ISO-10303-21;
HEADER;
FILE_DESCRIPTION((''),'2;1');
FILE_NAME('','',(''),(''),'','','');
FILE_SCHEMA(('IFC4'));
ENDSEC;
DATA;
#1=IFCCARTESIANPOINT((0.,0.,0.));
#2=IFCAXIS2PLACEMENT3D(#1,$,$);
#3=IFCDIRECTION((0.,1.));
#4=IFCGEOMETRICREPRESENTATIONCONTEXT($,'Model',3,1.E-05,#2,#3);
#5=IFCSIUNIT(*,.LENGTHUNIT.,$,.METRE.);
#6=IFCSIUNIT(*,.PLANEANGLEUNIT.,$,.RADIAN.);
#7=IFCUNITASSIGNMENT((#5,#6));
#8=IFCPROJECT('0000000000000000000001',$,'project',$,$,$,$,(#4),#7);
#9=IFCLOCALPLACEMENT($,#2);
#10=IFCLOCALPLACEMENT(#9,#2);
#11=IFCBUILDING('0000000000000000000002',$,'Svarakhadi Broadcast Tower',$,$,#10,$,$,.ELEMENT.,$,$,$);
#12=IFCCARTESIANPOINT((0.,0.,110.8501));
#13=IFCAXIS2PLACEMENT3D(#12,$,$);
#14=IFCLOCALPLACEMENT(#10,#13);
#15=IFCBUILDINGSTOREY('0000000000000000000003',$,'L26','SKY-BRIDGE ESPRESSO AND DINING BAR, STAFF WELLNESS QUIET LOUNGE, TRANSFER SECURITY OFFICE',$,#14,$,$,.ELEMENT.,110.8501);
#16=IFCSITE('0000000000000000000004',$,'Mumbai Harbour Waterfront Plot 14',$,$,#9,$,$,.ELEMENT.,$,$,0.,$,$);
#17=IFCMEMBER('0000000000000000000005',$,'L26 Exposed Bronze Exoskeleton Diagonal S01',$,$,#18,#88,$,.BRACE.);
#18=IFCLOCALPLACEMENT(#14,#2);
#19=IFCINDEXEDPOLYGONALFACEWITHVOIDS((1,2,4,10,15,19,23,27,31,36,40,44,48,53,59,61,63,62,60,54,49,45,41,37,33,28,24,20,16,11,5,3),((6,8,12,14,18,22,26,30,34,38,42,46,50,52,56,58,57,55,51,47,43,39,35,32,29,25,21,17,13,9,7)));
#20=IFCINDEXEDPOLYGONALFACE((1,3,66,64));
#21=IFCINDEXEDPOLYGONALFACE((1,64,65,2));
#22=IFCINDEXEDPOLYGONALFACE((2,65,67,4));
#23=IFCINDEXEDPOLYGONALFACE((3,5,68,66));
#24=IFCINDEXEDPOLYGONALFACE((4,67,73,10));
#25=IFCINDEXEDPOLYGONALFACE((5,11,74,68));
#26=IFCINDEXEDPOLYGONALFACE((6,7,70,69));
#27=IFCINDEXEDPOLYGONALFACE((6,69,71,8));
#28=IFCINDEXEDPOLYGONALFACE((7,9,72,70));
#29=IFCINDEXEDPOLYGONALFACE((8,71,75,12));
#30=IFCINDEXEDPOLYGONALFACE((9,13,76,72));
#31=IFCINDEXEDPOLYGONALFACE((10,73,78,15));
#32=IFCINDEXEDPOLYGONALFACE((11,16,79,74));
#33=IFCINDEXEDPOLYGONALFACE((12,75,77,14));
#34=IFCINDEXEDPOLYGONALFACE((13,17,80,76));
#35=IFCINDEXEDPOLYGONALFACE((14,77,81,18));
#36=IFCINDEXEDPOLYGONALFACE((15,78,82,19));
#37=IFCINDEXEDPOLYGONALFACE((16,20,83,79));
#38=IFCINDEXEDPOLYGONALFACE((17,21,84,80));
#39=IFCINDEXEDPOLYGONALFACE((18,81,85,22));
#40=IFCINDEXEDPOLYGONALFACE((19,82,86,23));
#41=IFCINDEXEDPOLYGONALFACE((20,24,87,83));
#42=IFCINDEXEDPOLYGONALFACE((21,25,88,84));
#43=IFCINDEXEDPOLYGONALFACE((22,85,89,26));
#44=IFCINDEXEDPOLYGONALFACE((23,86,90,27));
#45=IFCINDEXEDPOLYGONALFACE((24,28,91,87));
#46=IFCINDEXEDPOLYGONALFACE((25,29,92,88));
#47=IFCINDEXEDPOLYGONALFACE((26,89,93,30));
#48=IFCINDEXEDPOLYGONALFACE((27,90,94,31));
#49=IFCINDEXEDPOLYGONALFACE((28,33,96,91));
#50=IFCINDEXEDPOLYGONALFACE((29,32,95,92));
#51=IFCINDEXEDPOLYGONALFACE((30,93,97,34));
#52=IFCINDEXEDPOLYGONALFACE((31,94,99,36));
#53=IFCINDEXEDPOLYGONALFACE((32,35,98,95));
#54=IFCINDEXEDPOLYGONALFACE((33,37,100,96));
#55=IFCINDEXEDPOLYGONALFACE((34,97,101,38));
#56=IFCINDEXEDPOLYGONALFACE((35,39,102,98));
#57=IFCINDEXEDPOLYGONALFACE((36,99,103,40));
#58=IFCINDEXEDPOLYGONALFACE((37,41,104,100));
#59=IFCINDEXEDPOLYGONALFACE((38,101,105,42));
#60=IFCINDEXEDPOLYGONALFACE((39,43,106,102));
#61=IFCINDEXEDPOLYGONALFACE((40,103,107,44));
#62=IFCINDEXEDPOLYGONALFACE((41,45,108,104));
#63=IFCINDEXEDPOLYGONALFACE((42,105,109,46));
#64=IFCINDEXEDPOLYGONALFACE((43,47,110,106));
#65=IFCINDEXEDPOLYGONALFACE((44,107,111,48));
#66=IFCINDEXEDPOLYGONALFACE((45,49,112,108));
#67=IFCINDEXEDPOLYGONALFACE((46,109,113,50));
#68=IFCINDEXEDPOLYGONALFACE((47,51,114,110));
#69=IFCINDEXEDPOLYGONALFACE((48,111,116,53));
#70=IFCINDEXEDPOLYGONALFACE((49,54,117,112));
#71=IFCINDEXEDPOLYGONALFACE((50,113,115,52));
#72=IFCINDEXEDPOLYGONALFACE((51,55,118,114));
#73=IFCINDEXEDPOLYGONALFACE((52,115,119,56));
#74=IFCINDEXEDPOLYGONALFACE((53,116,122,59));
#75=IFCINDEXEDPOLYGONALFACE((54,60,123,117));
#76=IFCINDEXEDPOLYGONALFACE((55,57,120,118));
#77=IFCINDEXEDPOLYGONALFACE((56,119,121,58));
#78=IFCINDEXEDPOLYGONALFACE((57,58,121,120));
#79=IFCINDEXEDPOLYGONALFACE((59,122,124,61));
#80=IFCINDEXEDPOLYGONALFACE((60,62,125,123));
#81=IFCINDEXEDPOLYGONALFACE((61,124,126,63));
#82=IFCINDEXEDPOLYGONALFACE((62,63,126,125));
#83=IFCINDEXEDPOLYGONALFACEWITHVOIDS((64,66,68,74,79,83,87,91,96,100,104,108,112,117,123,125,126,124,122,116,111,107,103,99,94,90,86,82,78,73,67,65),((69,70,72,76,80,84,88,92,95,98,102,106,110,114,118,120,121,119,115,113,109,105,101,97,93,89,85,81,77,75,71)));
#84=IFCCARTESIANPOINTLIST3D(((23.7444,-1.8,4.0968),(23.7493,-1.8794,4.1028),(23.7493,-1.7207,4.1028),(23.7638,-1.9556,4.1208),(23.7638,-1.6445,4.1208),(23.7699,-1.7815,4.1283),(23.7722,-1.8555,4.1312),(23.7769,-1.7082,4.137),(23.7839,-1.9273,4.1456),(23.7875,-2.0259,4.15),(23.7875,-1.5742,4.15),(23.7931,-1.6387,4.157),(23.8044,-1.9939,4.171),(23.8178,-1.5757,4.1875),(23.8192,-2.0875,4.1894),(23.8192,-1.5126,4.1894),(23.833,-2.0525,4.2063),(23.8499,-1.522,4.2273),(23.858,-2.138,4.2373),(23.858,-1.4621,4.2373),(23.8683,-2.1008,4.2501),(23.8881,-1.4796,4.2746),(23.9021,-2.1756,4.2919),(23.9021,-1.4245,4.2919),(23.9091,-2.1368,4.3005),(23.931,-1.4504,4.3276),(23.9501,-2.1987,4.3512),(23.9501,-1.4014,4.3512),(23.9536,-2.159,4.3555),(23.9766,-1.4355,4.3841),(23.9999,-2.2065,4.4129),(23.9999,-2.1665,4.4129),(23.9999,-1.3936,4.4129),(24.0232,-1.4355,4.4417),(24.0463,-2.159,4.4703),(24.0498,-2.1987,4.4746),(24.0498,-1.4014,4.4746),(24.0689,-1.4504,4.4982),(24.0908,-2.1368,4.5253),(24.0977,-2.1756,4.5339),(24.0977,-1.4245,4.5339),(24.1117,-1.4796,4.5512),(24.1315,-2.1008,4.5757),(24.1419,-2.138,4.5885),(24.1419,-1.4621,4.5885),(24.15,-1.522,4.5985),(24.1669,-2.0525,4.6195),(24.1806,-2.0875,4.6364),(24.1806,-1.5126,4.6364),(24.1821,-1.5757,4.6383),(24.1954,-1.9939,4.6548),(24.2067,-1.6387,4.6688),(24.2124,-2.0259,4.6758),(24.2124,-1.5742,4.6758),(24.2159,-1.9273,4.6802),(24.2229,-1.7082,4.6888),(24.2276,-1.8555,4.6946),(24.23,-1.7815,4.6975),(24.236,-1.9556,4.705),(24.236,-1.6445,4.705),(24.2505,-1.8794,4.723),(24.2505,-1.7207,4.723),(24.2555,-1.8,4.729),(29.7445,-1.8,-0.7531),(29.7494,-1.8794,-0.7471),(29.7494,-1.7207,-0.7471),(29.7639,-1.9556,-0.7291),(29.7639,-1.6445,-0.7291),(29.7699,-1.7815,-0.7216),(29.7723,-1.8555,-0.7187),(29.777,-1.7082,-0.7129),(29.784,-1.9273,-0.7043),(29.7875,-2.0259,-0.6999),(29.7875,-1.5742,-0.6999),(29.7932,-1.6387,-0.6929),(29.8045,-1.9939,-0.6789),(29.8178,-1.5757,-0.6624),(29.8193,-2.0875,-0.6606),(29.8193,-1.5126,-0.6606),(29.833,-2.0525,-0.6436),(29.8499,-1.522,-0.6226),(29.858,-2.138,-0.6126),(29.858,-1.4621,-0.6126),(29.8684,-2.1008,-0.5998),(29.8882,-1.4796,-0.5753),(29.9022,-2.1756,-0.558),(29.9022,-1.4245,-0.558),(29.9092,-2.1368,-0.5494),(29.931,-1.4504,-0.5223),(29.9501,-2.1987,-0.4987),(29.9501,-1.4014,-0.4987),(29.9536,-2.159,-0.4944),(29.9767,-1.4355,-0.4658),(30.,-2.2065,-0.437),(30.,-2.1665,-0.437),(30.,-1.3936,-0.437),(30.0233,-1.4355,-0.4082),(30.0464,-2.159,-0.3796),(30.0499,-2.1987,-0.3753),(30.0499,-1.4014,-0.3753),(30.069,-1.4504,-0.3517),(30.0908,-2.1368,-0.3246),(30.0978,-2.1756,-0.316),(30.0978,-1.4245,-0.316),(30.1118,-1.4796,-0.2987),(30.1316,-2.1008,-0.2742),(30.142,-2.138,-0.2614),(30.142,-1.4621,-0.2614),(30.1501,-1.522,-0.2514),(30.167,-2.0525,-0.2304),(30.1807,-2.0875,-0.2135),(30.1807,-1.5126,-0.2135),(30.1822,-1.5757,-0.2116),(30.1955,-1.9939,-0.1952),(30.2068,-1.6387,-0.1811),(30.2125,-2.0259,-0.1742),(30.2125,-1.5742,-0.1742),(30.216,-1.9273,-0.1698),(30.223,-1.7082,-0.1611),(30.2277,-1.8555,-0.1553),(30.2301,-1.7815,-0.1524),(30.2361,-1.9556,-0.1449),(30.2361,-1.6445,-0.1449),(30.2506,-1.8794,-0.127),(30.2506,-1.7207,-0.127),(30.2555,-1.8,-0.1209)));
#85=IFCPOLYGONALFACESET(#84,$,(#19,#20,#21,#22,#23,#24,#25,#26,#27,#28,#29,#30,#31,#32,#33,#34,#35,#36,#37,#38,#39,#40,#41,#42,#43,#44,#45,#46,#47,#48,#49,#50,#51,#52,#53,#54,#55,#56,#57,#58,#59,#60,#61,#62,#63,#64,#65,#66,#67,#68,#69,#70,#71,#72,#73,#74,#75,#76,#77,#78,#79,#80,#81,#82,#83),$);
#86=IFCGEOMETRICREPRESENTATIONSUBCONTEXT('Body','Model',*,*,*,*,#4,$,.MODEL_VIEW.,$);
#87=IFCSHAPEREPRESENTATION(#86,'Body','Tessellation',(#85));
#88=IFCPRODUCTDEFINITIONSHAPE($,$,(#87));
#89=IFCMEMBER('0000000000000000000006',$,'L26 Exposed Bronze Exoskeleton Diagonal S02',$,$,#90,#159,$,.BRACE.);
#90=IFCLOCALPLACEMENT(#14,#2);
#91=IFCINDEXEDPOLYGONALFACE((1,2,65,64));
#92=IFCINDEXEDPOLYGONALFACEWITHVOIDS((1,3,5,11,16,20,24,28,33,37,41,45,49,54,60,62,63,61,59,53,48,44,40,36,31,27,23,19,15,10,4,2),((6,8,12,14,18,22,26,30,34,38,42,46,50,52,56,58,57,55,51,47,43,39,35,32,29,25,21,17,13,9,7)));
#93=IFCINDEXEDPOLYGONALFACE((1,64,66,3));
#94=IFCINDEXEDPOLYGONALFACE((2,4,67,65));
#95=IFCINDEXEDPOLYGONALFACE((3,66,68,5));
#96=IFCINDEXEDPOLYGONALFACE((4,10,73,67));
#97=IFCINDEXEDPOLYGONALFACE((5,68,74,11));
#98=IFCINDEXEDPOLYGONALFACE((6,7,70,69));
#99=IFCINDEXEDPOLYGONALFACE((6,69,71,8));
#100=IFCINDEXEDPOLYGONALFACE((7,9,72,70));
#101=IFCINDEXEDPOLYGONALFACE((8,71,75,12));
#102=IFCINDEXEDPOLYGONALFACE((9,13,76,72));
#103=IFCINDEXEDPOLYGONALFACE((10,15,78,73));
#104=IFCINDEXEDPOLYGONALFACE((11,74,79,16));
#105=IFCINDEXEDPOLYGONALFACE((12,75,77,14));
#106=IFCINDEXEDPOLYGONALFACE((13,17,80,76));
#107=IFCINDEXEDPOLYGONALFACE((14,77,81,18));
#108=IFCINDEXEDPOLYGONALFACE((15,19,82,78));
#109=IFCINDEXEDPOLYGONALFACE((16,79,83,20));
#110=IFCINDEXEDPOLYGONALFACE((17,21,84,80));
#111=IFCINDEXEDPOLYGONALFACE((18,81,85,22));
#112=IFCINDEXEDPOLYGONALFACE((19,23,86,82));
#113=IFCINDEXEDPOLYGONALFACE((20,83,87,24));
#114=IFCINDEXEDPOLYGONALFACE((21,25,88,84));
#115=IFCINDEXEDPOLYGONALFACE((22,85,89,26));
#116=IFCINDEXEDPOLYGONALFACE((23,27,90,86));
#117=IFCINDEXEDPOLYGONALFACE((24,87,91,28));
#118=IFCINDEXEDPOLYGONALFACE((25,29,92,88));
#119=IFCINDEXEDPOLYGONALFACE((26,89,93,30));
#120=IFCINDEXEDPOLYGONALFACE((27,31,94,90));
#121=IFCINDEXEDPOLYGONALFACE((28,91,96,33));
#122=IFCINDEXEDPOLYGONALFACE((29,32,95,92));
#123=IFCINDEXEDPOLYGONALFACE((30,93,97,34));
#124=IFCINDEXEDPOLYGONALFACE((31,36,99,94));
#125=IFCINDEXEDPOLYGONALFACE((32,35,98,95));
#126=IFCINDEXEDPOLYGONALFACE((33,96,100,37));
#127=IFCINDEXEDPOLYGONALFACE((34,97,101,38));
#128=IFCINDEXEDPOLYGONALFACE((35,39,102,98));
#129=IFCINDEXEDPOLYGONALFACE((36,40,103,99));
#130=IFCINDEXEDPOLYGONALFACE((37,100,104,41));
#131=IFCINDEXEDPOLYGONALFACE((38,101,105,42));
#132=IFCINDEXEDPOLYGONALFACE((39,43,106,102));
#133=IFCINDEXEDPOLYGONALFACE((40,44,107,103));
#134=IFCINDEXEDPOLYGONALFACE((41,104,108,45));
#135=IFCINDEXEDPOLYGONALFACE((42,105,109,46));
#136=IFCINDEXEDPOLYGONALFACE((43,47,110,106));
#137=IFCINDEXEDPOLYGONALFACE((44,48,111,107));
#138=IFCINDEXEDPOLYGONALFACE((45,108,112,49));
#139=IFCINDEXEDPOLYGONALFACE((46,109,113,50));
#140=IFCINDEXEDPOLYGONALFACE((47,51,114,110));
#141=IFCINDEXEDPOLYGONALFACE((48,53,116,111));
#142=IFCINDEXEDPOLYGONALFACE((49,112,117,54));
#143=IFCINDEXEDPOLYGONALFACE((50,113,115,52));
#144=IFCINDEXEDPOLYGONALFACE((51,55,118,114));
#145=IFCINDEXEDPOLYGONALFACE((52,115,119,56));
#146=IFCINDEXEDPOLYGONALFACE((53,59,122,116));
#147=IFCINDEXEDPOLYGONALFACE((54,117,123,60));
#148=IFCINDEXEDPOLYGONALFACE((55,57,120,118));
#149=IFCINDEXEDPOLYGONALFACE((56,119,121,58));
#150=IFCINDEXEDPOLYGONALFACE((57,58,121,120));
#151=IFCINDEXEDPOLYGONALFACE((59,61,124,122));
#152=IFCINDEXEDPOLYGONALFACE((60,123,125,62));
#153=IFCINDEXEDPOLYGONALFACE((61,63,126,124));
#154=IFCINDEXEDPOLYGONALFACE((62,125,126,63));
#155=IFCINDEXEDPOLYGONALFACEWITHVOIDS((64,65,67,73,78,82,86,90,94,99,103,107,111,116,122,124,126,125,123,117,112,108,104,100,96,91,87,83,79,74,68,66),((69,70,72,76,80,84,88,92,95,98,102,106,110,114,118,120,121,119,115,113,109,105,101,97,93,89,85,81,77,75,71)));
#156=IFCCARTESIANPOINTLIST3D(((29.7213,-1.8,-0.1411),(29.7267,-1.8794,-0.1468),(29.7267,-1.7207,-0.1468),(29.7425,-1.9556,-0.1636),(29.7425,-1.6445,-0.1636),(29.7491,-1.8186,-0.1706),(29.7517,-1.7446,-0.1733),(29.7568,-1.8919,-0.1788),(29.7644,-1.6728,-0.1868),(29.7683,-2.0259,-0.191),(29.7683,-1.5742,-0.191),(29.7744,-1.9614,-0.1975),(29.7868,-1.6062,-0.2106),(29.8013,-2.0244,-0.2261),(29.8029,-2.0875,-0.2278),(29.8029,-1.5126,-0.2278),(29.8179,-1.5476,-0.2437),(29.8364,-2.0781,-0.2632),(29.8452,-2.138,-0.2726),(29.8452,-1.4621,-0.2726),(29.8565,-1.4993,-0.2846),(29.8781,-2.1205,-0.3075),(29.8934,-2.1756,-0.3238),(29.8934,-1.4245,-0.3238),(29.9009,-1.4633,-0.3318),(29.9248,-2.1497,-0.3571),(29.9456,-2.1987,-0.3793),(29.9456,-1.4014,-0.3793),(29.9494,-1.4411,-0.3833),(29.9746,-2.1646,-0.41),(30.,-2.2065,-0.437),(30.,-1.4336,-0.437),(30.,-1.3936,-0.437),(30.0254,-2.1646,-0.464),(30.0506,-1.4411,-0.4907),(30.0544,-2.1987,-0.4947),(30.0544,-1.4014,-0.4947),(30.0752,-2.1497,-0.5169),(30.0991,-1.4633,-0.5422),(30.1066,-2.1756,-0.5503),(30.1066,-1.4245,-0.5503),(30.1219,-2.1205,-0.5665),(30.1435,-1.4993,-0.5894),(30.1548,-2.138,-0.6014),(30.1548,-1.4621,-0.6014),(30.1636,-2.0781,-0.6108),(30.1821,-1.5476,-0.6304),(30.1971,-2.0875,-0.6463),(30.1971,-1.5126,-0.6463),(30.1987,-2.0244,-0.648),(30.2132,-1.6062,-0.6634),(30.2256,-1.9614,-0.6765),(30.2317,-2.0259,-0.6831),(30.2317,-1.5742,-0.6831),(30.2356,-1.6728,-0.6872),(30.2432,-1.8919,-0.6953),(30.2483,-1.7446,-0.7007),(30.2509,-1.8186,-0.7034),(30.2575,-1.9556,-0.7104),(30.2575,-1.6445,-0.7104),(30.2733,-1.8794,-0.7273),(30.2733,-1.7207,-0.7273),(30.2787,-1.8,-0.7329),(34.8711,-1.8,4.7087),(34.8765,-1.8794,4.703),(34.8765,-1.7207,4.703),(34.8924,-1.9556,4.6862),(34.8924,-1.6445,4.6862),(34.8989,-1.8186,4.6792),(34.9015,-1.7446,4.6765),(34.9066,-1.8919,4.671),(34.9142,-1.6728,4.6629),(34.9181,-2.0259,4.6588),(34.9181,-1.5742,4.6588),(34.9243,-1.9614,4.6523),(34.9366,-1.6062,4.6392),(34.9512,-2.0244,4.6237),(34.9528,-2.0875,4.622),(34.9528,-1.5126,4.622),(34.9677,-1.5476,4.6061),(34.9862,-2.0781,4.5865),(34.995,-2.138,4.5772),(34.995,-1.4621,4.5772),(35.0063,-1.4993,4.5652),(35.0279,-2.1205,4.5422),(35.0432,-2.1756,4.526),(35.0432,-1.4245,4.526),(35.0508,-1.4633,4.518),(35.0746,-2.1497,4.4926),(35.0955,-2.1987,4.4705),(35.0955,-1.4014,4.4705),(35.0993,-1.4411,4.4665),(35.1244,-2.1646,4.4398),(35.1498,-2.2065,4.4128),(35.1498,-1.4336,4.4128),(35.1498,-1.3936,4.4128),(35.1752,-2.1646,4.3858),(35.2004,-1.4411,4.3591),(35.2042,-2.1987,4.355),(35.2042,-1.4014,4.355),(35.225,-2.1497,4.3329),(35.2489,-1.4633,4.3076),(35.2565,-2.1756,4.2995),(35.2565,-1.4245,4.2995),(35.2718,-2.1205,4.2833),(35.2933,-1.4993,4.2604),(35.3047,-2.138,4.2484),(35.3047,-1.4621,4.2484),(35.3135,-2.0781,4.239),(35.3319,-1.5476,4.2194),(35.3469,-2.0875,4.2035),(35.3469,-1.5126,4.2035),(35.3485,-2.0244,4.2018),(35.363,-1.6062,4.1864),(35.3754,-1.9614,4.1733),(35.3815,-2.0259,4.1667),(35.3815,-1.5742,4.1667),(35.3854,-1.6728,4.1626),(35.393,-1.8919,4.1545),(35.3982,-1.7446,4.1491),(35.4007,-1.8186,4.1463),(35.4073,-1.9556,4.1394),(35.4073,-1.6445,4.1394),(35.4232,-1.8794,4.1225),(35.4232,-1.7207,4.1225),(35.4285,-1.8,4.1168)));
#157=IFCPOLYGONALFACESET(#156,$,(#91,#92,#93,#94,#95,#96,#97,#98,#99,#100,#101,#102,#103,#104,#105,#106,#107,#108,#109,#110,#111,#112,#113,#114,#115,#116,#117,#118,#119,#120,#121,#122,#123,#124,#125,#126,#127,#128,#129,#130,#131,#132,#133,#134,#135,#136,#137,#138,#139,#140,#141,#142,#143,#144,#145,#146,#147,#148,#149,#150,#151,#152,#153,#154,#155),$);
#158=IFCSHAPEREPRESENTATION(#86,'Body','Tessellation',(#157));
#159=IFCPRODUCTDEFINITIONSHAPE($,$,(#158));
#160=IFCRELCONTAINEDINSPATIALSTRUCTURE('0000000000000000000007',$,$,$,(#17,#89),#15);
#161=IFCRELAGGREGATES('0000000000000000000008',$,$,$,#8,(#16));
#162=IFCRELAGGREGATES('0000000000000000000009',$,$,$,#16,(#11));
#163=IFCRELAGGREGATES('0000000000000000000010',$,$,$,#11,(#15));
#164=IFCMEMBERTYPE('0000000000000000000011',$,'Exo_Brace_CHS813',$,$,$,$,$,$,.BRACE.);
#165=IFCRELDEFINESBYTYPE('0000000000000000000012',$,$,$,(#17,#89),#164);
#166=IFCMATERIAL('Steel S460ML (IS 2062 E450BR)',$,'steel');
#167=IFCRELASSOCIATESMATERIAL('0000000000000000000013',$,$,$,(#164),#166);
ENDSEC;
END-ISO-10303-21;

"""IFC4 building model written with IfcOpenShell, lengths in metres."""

from ifc_helpers import new_model, si_unit, direction, frame, origin, origin_2d, place, context, subcontext, project, spatial, hollow_circle, extrude, material, material_profile, profile_set, type_object, element, save


model = new_model("IFC4")

# Units and contexts
model_context = context("Model", 3, precision=1e-05, world=origin(), true_north=direction((0.0, 1.0)))
body_context = subcontext(model_context, "Body", "Model", "MODEL_VIEW")
ifc_project = project(units=[si_unit("LENGTHUNIT", "METRE"), si_unit("PLANEANGLEUNIT", "RADIAN")], contexts=[model_context])

# Site, building, storey
site_placement = place(None, origin())
site = spatial("IfcSite", under=ifc_project, at=site_placement, Name="Mumbai Harbour Waterfront Plot 14", CompositionType="ELEMENT", RefElevation=0.0)
building_placement = place(site_placement, origin())
building = spatial("IfcBuilding", under=site, at=building_placement, Name="Svarakhadi Broadcast Tower", CompositionType="ELEMENT")
storey_placement = place(building_placement, frame((0.0, 0.0, 110.8501)))
storey = spatial("IfcBuildingStorey", under=building, at=storey_placement, Name="L26", Description="SKY-BRIDGE ESPRESSO AND DINING BAR, STAFF WELLNESS QUIET LOUNGE, TRANSFER SECURITY OFFICE", CompositionType="ELEMENT", Elevation=110.8501)

# Members
ifc_material_1 = material(Name="Steel S460ML (IS 2062 E450BR)", Category="steel")
ifc_material_profile_1 = material_profile(ifc_material_1, hollow_circle(Radius=0.4065, WallThickness=0.04, at=origin_2d()), Name="CHS 813x40")
ifc_profile_set_1 = profile_set([ifc_material_profile_1], Name="Steel S460ML (IS 2062 E450BR)")
member_type_1 = type_object("IfcMemberType", Name="Exo_Brace_CHS813", PredefinedType="BRACE", material=ifc_profile_set_1)
member_1_placement = place(storey_placement, frame((30.0, -1.8, -0.437), z_axis=(-0.777707, 0.0, 0.628627), x_axis=(0.0, -1.0, 0.0)))
element("IfcMember", 1, at=member_1_placement, inside=storey, type_object=member_type_1, Name="L26 Exposed Bronze Exoskeleton Diagonal S01", PredefinedType="BRACE", context=body_context, shape_type="SweptSolid", body=[
    extrude(hollow_circle(Radius=0.4065, WallThickness=0.04, at=origin_2d()), origin(), (0.0, 0.0, 1.0), 7.7151),
])
member_2_placement = place(storey_placement, frame((30.0, -1.8, -0.437), z_axis=(0.727996, 0.0, 0.685581), x_axis=(0.0, 1.0, 0.0)))
element("IfcMember", 2, at=member_2_placement, inside=storey, type_object=member_type_1, Name="L26 Exposed Bronze Exoskeleton Diagonal S02", PredefinedType="BRACE", context=body_context, shape_type="SweptSolid", body=[
    extrude(hollow_circle(Radius=0.4065, WallThickness=0.04, at=origin_2d()), origin(), (0.0, 0.0, 1.0), 7.074),
])

save(model, "model.ifc")
